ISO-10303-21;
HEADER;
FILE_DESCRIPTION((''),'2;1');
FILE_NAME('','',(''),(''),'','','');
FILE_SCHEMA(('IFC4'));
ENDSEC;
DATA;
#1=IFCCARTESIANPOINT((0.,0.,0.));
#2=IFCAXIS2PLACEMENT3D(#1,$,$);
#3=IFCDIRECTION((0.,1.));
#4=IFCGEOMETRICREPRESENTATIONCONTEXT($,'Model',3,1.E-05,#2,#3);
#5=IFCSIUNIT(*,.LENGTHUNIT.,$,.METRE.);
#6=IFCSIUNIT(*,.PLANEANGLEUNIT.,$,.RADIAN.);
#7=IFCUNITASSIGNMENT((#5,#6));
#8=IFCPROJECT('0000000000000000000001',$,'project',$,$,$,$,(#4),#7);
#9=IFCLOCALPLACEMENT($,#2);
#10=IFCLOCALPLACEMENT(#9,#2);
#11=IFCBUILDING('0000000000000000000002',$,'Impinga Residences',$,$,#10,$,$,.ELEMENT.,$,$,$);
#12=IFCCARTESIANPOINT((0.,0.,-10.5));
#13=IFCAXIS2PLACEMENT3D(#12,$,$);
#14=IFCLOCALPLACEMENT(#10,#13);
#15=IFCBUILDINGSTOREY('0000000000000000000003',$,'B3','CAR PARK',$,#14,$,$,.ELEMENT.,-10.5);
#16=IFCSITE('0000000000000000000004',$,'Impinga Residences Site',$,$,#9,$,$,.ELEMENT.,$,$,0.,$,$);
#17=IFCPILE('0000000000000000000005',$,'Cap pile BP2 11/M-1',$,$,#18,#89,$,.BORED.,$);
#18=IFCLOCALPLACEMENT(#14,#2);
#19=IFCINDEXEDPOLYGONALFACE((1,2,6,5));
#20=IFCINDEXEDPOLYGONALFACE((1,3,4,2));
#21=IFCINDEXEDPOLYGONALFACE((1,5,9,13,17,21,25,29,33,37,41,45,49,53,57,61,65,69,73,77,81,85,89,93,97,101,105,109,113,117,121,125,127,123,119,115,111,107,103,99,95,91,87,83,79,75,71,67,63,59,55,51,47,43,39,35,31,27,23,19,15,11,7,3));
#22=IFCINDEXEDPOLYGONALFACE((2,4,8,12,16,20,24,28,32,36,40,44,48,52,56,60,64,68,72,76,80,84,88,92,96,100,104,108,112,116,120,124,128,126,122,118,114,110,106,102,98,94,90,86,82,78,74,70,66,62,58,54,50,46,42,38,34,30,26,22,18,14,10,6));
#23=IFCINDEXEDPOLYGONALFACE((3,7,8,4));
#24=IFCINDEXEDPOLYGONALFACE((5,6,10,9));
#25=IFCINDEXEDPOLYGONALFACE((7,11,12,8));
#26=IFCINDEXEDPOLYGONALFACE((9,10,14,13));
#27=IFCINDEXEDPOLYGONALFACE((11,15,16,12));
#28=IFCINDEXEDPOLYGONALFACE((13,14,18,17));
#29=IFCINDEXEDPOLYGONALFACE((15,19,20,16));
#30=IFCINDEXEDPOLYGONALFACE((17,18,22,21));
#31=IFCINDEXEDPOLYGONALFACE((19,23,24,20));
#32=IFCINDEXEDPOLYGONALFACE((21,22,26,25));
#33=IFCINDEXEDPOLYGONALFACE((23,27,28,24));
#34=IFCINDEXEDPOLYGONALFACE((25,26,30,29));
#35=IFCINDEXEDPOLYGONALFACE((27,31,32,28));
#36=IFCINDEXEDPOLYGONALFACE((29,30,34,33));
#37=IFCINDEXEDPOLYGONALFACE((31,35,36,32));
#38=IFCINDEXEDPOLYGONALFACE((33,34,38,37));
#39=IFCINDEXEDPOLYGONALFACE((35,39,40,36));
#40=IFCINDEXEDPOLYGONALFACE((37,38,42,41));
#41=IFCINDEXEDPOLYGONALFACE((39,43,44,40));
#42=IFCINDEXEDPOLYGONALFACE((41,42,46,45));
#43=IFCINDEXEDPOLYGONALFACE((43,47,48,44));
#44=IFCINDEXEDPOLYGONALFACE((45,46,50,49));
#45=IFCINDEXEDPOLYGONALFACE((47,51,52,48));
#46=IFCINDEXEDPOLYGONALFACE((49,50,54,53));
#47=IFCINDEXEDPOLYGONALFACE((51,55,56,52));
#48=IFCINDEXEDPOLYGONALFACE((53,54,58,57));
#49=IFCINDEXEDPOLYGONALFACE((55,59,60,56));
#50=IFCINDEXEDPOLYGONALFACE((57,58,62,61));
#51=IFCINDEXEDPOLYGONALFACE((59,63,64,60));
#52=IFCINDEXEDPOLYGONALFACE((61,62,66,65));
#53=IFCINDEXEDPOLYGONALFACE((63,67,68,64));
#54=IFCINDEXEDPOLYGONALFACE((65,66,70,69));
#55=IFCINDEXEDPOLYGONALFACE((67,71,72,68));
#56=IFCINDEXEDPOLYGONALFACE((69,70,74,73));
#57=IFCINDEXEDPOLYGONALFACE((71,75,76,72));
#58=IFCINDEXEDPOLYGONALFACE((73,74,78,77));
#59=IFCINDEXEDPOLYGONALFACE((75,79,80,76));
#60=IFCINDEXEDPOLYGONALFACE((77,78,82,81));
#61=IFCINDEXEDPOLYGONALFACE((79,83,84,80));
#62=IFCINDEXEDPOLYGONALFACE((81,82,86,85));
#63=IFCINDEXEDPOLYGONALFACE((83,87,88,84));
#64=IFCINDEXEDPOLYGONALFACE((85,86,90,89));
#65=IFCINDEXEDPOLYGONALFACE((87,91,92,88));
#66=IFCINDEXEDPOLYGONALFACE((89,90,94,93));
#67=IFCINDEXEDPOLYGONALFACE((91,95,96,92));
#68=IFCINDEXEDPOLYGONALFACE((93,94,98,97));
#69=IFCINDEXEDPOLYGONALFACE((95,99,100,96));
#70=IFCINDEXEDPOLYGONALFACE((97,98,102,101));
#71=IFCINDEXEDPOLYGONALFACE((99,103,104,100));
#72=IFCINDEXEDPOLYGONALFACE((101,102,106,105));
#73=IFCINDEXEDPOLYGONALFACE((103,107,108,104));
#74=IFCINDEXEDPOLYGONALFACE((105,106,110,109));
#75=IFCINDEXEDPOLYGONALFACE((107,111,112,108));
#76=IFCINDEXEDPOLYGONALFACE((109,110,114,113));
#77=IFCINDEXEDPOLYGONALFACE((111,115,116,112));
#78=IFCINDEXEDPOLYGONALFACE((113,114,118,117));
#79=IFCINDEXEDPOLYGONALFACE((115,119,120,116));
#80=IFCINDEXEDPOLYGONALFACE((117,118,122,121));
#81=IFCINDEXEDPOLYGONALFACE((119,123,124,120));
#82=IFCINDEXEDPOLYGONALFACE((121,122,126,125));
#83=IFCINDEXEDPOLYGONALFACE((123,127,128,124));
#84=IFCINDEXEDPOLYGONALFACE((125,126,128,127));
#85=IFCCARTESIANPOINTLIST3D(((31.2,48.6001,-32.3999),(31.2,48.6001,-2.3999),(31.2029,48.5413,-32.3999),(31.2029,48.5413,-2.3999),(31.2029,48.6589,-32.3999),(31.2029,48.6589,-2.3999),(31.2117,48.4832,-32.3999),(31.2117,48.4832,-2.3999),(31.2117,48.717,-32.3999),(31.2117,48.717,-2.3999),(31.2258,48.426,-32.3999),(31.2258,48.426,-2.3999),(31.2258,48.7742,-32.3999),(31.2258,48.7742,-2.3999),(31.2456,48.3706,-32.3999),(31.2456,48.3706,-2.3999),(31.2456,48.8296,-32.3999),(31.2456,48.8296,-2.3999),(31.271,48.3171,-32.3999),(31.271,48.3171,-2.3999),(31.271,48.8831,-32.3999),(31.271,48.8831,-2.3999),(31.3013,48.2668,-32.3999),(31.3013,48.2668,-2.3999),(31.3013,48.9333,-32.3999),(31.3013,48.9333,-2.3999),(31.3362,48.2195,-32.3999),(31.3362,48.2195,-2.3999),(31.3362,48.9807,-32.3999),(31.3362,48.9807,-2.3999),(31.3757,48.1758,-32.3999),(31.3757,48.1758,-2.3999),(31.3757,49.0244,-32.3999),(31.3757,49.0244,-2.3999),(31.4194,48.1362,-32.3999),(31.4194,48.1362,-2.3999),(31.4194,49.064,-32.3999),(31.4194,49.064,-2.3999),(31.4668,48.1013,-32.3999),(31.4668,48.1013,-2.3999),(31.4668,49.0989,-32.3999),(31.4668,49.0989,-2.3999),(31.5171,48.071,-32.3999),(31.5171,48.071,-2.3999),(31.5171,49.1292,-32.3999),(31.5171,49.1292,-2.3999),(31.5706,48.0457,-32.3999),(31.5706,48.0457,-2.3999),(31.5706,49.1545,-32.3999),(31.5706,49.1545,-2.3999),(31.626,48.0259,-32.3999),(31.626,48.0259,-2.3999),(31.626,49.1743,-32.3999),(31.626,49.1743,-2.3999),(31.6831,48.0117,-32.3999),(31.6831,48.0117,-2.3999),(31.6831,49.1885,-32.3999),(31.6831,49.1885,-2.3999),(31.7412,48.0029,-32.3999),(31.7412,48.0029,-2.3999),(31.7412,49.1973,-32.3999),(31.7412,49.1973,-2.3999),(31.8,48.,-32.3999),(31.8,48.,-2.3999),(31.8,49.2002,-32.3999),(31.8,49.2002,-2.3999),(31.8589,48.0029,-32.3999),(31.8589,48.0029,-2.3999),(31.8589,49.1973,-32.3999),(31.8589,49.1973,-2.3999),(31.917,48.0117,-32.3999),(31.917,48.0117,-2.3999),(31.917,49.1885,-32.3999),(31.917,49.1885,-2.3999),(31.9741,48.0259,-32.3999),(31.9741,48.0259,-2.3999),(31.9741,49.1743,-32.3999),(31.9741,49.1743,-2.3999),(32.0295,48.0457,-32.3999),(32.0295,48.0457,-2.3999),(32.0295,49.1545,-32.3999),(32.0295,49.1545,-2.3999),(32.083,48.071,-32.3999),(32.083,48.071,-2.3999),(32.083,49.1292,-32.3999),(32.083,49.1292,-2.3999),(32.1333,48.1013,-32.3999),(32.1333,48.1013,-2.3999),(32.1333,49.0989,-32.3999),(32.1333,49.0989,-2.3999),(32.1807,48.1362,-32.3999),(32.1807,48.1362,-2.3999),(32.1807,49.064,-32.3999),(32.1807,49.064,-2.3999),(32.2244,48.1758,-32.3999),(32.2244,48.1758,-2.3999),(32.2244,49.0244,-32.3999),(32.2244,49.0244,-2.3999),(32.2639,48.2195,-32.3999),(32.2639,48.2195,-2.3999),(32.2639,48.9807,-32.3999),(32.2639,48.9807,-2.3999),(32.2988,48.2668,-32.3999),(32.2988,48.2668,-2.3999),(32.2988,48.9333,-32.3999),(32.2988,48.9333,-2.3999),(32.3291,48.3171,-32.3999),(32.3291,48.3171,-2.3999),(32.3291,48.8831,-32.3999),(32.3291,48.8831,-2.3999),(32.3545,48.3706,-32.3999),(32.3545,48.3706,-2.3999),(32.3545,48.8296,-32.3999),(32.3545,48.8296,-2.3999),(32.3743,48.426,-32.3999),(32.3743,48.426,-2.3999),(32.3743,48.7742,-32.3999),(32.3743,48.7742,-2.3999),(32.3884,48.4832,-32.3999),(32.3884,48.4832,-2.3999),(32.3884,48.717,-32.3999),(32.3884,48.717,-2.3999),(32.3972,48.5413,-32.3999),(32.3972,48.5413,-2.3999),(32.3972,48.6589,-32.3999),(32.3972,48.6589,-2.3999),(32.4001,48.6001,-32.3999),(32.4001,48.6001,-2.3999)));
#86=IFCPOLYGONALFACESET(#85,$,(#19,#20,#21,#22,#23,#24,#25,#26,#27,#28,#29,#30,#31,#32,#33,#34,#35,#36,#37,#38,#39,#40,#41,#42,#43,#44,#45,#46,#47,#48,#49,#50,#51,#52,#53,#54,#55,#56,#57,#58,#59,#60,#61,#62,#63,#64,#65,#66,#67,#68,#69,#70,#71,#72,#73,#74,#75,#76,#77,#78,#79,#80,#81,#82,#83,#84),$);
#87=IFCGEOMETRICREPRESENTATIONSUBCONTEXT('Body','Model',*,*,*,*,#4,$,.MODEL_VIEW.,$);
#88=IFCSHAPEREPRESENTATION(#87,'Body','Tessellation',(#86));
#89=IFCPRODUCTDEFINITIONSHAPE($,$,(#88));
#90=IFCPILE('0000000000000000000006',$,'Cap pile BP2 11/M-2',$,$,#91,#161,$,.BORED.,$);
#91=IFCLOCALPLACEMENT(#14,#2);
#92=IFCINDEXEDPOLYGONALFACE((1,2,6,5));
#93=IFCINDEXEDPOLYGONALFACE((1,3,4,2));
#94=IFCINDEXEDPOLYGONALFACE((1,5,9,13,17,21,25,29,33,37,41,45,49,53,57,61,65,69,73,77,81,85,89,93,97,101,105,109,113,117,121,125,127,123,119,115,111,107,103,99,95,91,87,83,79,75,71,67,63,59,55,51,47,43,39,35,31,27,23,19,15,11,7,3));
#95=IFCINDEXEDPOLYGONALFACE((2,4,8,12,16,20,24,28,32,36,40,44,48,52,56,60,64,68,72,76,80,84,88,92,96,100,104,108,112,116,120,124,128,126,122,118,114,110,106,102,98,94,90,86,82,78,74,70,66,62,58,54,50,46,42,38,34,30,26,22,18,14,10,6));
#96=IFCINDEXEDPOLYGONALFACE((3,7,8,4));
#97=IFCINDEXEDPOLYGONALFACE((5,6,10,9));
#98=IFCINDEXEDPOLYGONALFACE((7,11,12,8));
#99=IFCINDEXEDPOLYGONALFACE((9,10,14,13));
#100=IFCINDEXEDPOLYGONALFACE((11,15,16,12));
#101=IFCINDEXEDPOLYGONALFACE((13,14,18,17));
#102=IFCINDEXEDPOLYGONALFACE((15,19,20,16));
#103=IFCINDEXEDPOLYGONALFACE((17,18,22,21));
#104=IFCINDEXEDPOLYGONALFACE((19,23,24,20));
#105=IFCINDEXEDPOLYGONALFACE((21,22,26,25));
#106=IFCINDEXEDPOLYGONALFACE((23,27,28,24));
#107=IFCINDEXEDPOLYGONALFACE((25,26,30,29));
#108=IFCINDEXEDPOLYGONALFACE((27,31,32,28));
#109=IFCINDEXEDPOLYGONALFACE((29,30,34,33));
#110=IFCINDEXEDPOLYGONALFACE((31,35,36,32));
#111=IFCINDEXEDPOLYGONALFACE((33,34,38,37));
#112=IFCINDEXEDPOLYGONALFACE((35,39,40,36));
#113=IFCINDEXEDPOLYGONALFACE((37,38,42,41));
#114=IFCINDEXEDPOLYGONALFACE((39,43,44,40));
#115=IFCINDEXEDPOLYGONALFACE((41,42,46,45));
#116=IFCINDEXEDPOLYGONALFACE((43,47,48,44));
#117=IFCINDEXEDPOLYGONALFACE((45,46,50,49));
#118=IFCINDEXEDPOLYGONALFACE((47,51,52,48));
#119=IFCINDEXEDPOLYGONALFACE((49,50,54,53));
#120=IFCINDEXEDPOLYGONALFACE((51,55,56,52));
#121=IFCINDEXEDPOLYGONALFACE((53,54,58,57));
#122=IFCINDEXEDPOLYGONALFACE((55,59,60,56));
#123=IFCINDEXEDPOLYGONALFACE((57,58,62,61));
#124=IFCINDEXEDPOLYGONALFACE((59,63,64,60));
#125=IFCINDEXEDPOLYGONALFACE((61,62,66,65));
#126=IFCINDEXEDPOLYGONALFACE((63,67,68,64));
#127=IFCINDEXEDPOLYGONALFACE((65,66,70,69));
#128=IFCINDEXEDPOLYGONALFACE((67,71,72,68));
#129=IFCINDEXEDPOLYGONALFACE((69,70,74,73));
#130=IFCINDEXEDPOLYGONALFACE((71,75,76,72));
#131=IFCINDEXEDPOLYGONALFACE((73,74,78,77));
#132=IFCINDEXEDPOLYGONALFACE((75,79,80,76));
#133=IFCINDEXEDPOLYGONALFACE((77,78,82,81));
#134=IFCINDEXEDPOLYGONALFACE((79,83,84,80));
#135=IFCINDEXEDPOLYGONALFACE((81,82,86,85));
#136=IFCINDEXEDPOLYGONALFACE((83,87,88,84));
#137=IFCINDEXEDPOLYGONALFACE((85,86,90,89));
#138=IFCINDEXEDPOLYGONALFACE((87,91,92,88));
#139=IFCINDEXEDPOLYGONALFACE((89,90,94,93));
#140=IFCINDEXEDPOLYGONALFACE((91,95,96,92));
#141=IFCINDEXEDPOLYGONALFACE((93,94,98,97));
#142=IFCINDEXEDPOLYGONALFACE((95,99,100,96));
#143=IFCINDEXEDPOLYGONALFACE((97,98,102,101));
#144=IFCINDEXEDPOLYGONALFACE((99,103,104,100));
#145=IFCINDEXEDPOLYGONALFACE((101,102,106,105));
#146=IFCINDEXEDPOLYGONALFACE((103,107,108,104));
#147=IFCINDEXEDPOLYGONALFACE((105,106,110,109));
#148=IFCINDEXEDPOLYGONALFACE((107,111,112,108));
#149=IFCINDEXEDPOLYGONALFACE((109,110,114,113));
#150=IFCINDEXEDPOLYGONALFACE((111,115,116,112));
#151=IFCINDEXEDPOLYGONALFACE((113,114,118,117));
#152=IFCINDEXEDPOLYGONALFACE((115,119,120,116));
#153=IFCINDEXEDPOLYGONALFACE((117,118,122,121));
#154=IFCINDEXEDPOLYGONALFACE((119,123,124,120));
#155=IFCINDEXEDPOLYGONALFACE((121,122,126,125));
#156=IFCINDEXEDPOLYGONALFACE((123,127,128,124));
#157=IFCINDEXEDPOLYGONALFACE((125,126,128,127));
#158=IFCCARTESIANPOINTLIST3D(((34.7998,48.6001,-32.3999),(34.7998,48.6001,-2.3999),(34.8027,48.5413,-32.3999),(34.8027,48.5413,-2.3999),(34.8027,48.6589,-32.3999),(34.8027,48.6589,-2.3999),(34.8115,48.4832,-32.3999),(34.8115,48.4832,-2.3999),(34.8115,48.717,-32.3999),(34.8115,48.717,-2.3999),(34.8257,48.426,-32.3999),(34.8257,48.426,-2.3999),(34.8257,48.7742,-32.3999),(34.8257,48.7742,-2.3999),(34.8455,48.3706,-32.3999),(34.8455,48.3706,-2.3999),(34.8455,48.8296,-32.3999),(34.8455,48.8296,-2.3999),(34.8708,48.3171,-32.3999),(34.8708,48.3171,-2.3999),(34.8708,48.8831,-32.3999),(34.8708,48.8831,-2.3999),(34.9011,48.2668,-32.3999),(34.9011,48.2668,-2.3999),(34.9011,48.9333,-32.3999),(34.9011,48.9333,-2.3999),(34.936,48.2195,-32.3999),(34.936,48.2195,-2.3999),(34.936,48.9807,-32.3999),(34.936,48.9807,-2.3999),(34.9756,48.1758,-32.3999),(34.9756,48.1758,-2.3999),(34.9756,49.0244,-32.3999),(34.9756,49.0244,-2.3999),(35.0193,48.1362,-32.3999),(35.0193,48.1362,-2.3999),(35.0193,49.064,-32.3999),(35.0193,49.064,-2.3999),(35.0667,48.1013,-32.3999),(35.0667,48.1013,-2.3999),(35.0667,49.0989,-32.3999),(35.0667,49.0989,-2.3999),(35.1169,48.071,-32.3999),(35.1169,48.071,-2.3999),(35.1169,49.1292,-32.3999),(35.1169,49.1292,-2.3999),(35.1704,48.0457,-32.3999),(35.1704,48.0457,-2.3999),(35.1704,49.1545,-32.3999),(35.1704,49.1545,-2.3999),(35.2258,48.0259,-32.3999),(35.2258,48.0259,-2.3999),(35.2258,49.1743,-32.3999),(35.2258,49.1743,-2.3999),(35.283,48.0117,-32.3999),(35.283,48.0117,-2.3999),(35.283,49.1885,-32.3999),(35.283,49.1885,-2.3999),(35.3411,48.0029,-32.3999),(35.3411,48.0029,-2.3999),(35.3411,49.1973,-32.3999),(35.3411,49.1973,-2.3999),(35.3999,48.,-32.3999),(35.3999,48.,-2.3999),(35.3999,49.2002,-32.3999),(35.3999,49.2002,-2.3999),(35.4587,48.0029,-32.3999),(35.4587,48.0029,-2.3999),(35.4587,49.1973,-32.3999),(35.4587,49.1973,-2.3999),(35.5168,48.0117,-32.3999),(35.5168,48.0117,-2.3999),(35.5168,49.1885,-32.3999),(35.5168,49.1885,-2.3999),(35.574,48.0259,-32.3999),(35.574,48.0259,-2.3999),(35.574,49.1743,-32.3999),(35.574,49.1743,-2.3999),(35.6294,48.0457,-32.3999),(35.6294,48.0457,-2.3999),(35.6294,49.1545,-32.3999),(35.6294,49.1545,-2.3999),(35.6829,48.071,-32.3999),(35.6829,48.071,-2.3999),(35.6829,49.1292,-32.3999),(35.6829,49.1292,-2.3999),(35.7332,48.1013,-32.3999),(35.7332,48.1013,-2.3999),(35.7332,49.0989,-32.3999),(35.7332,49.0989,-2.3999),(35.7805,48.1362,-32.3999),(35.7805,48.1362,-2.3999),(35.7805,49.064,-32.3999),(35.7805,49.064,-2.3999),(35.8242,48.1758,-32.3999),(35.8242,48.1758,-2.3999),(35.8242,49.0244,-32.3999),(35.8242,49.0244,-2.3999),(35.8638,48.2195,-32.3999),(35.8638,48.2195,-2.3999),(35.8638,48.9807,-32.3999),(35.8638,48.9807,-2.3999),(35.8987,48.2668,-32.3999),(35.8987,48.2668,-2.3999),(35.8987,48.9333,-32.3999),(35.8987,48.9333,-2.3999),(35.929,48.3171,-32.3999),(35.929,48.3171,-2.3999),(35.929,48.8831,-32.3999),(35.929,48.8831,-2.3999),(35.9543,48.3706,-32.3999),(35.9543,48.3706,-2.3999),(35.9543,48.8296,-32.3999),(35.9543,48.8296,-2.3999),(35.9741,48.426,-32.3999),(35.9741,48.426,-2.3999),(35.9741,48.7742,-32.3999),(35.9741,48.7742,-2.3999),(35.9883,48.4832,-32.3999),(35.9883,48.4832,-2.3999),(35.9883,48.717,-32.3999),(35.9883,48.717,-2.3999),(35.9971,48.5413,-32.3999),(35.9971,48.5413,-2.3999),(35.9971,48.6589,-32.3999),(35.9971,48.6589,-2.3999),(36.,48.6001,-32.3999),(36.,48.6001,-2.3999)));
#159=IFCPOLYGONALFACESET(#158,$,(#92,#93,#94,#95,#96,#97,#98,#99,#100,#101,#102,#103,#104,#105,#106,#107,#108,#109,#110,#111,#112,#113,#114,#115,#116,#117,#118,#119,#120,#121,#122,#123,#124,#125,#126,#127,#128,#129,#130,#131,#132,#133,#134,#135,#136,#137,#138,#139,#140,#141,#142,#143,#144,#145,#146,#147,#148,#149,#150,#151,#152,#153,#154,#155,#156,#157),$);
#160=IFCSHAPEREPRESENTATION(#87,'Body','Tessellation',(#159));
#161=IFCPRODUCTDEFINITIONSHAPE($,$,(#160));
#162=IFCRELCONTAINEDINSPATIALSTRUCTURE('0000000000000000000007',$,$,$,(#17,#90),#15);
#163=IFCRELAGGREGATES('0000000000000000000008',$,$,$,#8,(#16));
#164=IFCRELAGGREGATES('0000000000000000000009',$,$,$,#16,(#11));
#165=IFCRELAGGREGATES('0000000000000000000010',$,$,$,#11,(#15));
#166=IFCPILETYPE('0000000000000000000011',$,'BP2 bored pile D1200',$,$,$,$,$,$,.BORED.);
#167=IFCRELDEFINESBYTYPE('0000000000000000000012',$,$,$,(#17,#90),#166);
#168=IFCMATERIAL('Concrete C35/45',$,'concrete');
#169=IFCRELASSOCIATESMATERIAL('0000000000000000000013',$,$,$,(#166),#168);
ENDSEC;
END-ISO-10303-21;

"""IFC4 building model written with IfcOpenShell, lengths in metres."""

from ifc_helpers import new_model, si_unit, direction, frame, origin, origin_2d, place, context, subcontext, project, spatial, polyline, circle, outline, extrude, material, material_profile, profile_set, type_object, element, save


model = new_model("IFC4")

# Units and contexts
model_context = context("Model", 3, precision=1e-05, world=origin(), true_north=direction((0.0, 1.0)))
body_context = subcontext(model_context, "Body", "Model", "MODEL_VIEW")
ifc_project = project(units=[si_unit("LENGTHUNIT", "METRE"), si_unit("PLANEANGLEUNIT", "RADIAN")], contexts=[model_context])

# Site, building, storey
site_placement = place(None, origin())
site = spatial("IfcSite", under=ifc_project, at=site_placement, Name="Impinga Residences Site", CompositionType="ELEMENT", RefElevation=0.0)
building_placement = place(site_placement, origin())
building = spatial("IfcBuilding", under=site, at=building_placement, Name="Impinga Residences", CompositionType="ELEMENT")
storey_placement = place(building_placement, frame((0.0, 0.0, -10.5)))
storey = spatial("IfcBuildingStorey", under=building, at=storey_placement, Name="B3", Description="CAR PARK", CompositionType="ELEMENT", Elevation=-10.5)

# Piles
ifc_material_1 = material(Name="Concrete C35/45", Category="concrete")
ifc_material_profile_1 = material_profile(ifc_material_1, circle(Radius=0.6001, at=origin_2d()), Name="D1200")
ifc_profile_set_1 = profile_set([ifc_material_profile_1], Name="Concrete C35/45")
pile_type = type_object("IfcPileType", Name="BP2 bored pile D1200", PredefinedType="BORED", material=ifc_profile_set_1)
pile_1_placement = place(storey_placement, frame((31.8, 48.6001, -2.3999), z_axis=(0.0, 0.0, -1.0), x_axis=(1.0, 0.0, 0.0)))
element("IfcPile", 1, at=pile_1_placement, inside=storey, type_object=pile_type, Name="Cap pile BP2 11/M-1", PredefinedType="BORED", context=body_context, shape_type="SweptSolid", body=[
    extrude(outline(polyline([(0.6001, 0.0), (0.5972, 0.0588), (0.5884, 0.1169), (0.5742, 0.1741), (0.5544, 0.2295), (0.5291, 0.283), (0.4988, 0.3333), (0.4639, 0.3806), (0.4243, 0.4243), (0.3806, 0.4639), (0.3333, 0.4988), (0.283, 0.5291), (0.2295, 0.5544), (0.1741, 0.5742), (0.1169, 0.5884), (0.0588, 0.5972), (0.0, 0.6001), (-0.0588, 0.5972), (-0.1169, 0.5884), (-0.1741, 0.5742), (-0.2295, 0.5544), (-0.283, 0.5291), (-0.3333, 0.4988), (-0.3806, 0.4639), (-0.4243, 0.4243), (-0.4639, 0.3806), (-0.4988, 0.3333), (-0.5291, 0.283), (-0.5544, 0.2295), (-0.5742, 0.1741), (-0.5884, 0.1169), (-0.5972, 0.0588), (-0.6001, 0.0), (-0.5972, -0.0588), (-0.5884, -0.1169), (-0.5742, -0.1741), (-0.5544, -0.2295), (-0.5291, -0.283), (-0.4988, -0.3333), (-0.4639, -0.3806), (-0.4243, -0.4243), (-0.3806, -0.4639), (-0.3333, -0.4988), (-0.283, -0.5291), (-0.2295, -0.5544), (-0.1741, -0.5742), (-0.1169, -0.5884), (-0.0588, -0.5972), (0.0, -0.6001), (0.0588, -0.5972), (0.1169, -0.5884), (0.1741, -0.5742), (0.2295, -0.5544), (0.283, -0.5291), (0.3333, -0.4988), (0.3806, -0.4639), (0.4243, -0.4243), (0.4639, -0.3806), (0.4988, -0.3333), (0.5291, -0.283), (0.5544, -0.2295), (0.5742, -0.1741), (0.5884, -0.1169), (0.5972, -0.0588), (0.6001, 0.0)])), origin(), (0.0, 0.0, 1.0), 30.0),
])
pile_2_placement = place(storey_placement, frame((35.3999, 48.6001, -2.3999), z_axis=(0.0, 0.0, -1.0), x_axis=(1.0, 0.0, 0.0)))
element("IfcPile", 2, at=pile_2_placement, inside=storey, type_object=pile_type, Name="Cap pile BP2 11/M-2", PredefinedType="BORED", context=body_context, shape_type="SweptSolid", body=[
    extrude(outline(polyline([(0.6001, 0.0), (0.5972, 0.0588), (0.5884, 0.1169), (0.5742, 0.1741), (0.5544, 0.2295), (0.5291, 0.283), (0.4988, 0.3333), (0.4639, 0.3806), (0.4243, 0.4243), (0.3806, 0.4639), (0.3333, 0.4988), (0.283, 0.5291), (0.2295, 0.5544), (0.1741, 0.5742), (0.1169, 0.5884), (0.0588, 0.5972), (0.0, 0.6001), (-0.0588, 0.5972), (-0.1169, 0.5884), (-0.1741, 0.5742), (-0.2295, 0.5544), (-0.283, 0.5291), (-0.3333, 0.4988), (-0.3806, 0.4639), (-0.4243, 0.4243), (-0.4639, 0.3806), (-0.4988, 0.3333), (-0.5291, 0.283), (-0.5544, 0.2295), (-0.5742, 0.1741), (-0.5884, 0.1169), (-0.5972, 0.0588), (-0.6001, 0.0), (-0.5972, -0.0588), (-0.5884, -0.1169), (-0.5742, -0.1741), (-0.5544, -0.2295), (-0.5291, -0.283), (-0.4988, -0.3333), (-0.4639, -0.3806), (-0.4243, -0.4243), (-0.3806, -0.4639), (-0.3333, -0.4988), (-0.283, -0.5291), (-0.2295, -0.5544), (-0.1741, -0.5742), (-0.1169, -0.5884), (-0.0588, -0.5972), (0.0, -0.6001), (0.0588, -0.5972), (0.1169, -0.5884), (0.1741, -0.5742), (0.2295, -0.5544), (0.283, -0.5291), (0.3333, -0.4988), (0.3806, -0.4639), (0.4243, -0.4243), (0.4639, -0.3806), (0.4988, -0.3333), (0.5291, -0.283), (0.5544, -0.2295), (0.5742, -0.1741), (0.5884, -0.1169), (0.5972, -0.0588), (0.6001, 0.0)])), origin(), (0.0, 0.0, 1.0), 30.0),
])

save(model, "model.ifc")
